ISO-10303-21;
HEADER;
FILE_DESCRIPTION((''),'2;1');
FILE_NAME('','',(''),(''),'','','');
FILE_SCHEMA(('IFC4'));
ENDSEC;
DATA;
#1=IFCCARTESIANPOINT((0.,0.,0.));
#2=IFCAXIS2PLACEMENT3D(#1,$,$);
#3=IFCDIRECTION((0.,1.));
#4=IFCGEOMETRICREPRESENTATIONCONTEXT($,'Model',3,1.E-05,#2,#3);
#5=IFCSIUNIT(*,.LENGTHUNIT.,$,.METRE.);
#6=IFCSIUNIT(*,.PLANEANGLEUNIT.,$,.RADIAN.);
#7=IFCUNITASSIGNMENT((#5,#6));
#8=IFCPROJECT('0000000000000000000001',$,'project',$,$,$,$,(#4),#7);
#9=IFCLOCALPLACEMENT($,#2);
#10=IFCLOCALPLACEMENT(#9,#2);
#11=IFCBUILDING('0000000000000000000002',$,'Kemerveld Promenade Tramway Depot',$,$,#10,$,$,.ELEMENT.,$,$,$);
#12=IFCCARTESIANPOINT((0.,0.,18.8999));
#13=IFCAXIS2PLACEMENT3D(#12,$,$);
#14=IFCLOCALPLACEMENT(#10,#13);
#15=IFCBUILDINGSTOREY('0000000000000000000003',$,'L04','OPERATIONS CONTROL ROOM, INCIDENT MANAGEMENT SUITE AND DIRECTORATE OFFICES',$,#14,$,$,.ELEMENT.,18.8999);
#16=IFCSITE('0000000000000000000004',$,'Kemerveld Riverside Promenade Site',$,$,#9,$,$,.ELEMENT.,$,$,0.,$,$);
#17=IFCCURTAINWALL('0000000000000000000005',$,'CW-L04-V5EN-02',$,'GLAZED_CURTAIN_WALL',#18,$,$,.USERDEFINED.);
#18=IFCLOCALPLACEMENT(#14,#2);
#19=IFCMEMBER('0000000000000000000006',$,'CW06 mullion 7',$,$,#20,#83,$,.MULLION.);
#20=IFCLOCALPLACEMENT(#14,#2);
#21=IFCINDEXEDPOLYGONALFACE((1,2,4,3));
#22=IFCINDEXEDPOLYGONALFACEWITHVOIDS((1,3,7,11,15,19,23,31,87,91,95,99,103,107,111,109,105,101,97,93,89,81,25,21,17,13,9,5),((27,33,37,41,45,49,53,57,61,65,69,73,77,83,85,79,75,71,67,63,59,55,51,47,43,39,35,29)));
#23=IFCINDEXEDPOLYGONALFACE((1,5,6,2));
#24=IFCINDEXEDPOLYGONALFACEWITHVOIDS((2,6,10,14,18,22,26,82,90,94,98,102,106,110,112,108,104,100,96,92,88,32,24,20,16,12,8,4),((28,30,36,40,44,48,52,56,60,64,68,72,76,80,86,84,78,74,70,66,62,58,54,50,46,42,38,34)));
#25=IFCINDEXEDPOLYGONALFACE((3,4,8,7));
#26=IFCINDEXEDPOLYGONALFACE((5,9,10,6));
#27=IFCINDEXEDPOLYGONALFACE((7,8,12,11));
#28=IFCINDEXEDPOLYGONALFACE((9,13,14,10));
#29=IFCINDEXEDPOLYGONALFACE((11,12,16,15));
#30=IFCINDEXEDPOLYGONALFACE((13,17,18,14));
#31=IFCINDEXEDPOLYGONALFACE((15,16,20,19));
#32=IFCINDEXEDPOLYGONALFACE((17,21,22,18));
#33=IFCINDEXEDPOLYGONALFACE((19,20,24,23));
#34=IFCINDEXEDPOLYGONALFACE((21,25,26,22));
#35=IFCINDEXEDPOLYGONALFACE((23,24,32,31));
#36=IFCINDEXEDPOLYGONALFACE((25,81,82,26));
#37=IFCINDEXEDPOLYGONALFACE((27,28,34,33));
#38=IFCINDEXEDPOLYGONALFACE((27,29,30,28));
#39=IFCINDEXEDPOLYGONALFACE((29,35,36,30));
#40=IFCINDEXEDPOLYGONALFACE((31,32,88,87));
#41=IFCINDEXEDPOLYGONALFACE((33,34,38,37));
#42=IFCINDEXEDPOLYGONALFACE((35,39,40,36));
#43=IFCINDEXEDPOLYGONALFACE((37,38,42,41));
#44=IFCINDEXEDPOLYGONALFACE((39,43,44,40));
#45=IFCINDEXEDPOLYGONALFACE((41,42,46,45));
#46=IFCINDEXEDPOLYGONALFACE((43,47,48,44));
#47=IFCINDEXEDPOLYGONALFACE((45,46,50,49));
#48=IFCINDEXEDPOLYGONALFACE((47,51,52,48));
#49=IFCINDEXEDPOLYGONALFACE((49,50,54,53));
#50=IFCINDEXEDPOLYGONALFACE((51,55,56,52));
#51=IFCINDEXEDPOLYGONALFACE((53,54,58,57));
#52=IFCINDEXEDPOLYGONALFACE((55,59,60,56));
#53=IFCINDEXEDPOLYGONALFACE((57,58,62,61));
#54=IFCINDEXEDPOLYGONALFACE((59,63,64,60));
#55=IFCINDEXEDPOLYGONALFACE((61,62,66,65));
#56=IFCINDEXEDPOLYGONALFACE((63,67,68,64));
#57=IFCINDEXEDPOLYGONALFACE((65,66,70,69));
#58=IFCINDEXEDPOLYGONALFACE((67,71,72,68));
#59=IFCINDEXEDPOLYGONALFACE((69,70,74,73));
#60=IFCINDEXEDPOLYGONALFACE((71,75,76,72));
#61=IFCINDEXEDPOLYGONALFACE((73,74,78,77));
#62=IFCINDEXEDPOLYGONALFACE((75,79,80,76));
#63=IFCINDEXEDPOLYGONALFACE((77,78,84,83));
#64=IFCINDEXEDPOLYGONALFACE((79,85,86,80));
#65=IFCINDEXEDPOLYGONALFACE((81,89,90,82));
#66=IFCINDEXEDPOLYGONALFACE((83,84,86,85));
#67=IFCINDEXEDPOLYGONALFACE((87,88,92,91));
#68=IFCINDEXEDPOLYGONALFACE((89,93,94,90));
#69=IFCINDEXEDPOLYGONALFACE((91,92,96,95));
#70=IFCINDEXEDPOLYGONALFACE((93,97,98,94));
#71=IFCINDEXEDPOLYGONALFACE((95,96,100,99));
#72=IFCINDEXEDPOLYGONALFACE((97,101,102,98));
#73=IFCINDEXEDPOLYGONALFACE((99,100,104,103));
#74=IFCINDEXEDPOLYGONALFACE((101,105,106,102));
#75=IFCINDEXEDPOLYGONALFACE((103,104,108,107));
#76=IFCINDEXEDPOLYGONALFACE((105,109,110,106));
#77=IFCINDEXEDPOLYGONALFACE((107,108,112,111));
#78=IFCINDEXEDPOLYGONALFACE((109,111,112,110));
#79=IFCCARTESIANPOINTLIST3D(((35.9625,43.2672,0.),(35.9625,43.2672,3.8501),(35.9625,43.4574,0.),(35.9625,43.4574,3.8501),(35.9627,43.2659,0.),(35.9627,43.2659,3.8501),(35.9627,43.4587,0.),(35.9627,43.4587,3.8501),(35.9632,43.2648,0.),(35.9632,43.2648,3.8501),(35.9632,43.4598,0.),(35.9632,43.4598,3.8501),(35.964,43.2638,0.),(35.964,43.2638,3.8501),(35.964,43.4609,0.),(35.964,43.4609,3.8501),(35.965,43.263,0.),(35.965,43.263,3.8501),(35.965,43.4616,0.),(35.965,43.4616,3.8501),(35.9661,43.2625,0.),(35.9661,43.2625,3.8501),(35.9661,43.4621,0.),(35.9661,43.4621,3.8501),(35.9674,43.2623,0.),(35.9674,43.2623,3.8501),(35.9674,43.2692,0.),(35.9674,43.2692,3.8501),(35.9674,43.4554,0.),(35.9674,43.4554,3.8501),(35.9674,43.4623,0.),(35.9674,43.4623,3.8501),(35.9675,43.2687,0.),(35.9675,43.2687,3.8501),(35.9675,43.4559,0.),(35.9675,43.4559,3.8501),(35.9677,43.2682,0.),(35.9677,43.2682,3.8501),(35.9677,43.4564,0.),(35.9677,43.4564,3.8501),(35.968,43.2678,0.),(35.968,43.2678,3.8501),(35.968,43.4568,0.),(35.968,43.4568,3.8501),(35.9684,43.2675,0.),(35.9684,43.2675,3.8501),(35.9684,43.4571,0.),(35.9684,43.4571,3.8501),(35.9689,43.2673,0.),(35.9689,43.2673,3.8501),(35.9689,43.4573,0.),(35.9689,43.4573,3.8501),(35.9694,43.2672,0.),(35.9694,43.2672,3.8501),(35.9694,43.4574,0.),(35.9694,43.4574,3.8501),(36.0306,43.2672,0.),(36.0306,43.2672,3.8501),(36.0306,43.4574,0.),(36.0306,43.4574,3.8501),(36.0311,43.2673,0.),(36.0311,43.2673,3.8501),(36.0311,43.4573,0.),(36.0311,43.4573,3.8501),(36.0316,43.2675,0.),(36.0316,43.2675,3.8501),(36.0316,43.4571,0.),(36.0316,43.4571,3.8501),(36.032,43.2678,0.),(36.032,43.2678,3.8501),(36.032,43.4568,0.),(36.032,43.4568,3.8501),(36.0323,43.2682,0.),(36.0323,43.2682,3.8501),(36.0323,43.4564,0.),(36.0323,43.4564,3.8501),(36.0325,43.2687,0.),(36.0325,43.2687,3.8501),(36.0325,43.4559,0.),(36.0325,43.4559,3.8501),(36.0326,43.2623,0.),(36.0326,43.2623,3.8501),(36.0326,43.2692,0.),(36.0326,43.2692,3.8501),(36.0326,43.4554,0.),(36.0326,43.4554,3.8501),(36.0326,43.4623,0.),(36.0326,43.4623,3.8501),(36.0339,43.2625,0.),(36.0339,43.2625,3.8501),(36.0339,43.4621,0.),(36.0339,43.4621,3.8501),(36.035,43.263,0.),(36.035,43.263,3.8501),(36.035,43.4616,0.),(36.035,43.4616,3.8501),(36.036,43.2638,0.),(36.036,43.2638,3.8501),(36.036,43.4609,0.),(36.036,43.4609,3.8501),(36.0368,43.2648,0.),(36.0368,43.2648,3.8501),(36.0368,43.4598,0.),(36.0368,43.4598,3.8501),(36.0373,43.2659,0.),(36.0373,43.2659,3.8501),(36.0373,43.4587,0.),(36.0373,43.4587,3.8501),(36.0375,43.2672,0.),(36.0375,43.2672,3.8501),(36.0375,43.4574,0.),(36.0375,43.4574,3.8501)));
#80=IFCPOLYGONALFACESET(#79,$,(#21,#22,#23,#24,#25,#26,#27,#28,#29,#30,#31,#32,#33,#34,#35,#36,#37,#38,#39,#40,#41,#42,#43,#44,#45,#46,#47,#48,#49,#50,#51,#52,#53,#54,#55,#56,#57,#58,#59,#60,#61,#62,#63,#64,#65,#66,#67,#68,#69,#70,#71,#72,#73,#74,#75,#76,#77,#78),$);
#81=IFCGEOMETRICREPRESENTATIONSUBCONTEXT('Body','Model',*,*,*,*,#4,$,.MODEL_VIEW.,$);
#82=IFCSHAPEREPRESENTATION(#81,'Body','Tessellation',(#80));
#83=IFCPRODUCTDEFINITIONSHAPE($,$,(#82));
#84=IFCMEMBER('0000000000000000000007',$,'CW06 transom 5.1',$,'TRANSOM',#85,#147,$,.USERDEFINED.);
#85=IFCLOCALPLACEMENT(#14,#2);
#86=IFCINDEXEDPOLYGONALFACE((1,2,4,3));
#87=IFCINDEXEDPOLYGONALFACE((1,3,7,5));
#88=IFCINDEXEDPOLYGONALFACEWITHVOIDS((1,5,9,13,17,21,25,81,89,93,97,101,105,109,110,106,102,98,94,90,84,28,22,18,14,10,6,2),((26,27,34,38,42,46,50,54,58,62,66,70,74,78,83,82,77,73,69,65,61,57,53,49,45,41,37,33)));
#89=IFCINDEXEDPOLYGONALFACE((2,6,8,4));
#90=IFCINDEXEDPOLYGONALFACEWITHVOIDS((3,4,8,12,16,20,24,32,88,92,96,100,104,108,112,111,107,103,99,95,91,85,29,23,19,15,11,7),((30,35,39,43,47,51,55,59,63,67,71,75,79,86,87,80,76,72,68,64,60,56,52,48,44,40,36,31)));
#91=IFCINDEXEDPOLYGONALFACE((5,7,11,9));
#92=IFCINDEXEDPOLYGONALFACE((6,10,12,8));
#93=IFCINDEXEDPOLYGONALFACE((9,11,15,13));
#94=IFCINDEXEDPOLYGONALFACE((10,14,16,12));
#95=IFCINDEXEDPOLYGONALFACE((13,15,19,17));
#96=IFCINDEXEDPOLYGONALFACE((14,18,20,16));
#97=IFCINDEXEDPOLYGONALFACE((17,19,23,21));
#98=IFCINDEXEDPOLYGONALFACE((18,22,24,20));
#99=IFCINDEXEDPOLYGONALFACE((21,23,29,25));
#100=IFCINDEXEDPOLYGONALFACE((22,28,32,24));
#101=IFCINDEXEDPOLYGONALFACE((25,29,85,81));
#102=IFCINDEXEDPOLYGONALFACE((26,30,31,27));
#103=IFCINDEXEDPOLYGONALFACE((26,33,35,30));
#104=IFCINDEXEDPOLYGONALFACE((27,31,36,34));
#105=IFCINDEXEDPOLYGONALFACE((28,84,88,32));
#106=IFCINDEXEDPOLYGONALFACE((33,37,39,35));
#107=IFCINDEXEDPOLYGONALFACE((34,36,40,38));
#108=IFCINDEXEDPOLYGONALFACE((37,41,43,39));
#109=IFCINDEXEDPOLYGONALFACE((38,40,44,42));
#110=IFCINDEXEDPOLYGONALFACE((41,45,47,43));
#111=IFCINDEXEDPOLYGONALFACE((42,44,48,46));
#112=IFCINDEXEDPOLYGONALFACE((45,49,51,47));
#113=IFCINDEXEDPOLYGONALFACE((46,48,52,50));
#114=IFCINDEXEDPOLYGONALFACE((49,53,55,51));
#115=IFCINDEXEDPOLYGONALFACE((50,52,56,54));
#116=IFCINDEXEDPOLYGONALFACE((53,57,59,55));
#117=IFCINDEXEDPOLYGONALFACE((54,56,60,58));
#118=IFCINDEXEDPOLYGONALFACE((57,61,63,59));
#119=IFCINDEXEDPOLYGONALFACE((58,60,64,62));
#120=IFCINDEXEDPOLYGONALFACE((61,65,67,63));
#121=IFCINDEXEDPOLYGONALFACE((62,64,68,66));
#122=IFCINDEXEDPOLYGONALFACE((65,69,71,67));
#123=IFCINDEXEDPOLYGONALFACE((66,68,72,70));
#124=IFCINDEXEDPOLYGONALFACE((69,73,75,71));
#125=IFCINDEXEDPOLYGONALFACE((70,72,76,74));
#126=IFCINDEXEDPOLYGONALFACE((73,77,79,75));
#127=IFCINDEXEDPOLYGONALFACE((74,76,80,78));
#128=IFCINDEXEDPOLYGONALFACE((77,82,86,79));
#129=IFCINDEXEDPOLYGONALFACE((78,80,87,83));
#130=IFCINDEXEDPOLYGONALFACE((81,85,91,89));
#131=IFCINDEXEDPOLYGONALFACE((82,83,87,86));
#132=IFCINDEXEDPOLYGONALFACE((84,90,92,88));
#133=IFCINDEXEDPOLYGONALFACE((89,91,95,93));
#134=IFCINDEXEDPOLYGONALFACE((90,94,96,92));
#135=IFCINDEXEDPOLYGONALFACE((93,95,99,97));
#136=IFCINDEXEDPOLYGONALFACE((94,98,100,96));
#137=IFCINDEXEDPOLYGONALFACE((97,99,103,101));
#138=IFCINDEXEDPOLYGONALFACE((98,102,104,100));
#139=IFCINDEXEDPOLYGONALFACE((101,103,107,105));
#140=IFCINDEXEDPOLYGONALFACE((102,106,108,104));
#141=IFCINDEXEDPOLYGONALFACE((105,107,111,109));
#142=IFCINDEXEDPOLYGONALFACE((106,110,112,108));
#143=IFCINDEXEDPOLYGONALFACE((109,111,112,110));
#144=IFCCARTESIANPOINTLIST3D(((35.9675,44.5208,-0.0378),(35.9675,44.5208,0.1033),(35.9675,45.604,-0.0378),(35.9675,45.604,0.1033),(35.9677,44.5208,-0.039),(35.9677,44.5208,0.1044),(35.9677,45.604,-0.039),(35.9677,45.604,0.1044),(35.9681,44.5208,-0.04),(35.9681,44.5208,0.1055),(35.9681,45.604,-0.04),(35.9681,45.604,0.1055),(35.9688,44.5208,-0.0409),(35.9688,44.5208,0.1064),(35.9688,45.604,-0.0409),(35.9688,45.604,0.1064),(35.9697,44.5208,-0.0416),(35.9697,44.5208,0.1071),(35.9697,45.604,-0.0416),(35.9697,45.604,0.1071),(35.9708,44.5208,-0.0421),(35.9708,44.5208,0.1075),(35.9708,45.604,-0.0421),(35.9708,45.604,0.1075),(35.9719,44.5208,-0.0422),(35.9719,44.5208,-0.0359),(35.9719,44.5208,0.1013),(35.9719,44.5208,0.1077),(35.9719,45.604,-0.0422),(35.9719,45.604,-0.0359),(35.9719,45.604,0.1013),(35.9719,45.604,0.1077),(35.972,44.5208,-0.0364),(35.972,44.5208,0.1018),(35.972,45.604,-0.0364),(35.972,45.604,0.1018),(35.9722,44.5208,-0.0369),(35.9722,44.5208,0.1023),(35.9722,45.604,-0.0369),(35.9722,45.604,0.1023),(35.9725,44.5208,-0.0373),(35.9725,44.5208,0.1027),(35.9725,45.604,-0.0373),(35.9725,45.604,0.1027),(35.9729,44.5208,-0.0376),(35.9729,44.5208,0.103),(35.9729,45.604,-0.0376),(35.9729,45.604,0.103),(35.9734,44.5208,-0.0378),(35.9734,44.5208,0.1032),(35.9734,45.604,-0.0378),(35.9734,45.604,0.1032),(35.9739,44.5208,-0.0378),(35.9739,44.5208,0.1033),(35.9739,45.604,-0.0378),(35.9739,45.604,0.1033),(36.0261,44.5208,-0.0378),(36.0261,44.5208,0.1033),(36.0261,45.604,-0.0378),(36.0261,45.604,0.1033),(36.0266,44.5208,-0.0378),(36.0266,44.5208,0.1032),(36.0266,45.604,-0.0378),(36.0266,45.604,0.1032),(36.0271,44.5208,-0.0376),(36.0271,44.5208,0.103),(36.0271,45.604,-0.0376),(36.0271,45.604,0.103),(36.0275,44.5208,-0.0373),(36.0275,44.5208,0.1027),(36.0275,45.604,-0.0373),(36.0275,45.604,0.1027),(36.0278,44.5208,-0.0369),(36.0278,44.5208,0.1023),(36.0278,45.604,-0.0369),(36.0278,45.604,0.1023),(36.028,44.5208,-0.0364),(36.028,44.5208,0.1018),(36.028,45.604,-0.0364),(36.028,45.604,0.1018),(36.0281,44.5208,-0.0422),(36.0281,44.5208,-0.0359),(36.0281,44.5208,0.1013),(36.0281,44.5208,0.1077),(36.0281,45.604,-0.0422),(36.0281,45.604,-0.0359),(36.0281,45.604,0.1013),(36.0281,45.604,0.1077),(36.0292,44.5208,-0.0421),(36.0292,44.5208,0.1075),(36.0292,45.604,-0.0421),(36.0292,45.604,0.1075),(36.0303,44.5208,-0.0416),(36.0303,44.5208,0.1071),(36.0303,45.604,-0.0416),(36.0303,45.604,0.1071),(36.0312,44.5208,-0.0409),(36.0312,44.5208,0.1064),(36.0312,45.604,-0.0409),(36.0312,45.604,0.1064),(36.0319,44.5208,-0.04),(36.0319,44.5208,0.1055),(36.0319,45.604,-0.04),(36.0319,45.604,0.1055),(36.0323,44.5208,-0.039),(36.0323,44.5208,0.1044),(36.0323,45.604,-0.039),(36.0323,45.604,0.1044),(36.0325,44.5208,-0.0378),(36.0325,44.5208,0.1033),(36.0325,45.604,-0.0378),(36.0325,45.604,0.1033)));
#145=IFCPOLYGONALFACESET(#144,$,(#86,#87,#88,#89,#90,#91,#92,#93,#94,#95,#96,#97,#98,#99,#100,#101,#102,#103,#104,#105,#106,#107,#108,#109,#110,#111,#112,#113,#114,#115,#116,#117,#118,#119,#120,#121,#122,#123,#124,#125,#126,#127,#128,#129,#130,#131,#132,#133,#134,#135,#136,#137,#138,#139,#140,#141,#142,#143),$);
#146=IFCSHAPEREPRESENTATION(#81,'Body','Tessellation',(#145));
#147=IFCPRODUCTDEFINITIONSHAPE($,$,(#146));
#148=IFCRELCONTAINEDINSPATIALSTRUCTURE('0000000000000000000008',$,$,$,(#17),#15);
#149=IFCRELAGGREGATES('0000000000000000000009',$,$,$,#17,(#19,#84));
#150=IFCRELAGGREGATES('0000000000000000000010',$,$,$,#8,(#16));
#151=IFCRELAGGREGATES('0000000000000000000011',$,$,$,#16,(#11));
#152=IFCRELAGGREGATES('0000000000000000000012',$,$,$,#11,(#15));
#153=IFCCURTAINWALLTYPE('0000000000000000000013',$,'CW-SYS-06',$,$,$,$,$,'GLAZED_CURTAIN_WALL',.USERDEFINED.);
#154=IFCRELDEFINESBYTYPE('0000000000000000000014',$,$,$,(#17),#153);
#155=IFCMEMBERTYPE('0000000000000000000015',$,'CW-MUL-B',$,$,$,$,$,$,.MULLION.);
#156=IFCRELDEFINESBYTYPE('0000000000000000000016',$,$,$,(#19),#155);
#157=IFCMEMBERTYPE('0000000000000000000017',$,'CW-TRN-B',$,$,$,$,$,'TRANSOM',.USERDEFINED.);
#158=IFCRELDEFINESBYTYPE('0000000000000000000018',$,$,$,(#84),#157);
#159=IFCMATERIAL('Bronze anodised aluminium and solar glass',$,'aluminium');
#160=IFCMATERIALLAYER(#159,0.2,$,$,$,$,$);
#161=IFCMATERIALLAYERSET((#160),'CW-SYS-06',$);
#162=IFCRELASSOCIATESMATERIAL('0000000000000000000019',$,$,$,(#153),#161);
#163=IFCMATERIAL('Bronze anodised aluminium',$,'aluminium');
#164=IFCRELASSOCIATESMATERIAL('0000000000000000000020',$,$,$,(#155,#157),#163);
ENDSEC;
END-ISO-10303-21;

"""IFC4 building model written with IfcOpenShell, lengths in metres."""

from ifc_helpers import new_model, si_unit, direction, frame, origin, origin_2d, place, context, subcontext, project, spatial, hollow_rectangle, extrude, material, layer, layer_set, material_profile, profile_set, type_object, element, aggregate, save


model = new_model("IFC4")

# Units and contexts
model_context = context("Model", 3, precision=1e-05, world=origin(), true_north=direction((0.0, 1.0)))
body_context = subcontext(model_context, "Body", "Model", "MODEL_VIEW")
ifc_project = project(units=[si_unit("LENGTHUNIT", "METRE"), si_unit("PLANEANGLEUNIT", "RADIAN")], contexts=[model_context])

# Site, building, storey
site_placement = place(None, origin())
site = spatial("IfcSite", under=ifc_project, at=site_placement, Name="Kemerveld Riverside Promenade Site", CompositionType="ELEMENT", RefElevation=0.0)
building_placement = place(site_placement, origin())
building = spatial("IfcBuilding", under=site, at=building_placement, Name="Kemerveld Promenade Tramway Depot", CompositionType="ELEMENT")
storey_placement = place(building_placement, frame((0.0, 0.0, 18.8999)))
storey = spatial("IfcBuildingStorey", under=building, at=storey_placement, Name="L04", Description="OPERATIONS CONTROL ROOM, INCIDENT MANAGEMENT SUITE AND DIRECTORATE OFFICES", CompositionType="ELEMENT", Elevation=18.8999)

# Curtain wall, members
ifc_material_1 = material(Name="Bronze anodised aluminium and solar glass", Category="aluminium")
ifc_layer_1 = layer(ifc_material_1, 0.2)
ifc_layer_set_1 = layer_set([ifc_layer_1], Name="CW-SYS-06")
curtain_wall_type = type_object("IfcCurtainWallType", Name="CW-SYS-06", ElementType="GLAZED_CURTAIN_WALL", PredefinedType="USERDEFINED", material=ifc_layer_set_1)
curtain_wall_placement = place(storey_placement, origin())
curtain_wall = element("IfcCurtainWall", 1, at=curtain_wall_placement, inside=storey, type_object=curtain_wall_type, Name="CW-L04-V5EN-02", ObjectType="GLAZED_CURTAIN_WALL", PredefinedType="USERDEFINED")
ifc_material_2 = material(Name="Bronze anodised aluminium", Category="aluminium")
ifc_material_profile_1 = material_profile(ifc_material_2, hollow_rectangle(XDim=0.075, YDim=0.2, WallThickness=0.0049, InnerFilletRadius=0.002, OuterFilletRadius=0.0049, at=origin_2d()), Name="CW-MUL-200x75")
ifc_profile_set_1 = profile_set([ifc_material_profile_1], Name="Bronze anodised aluminium")
member_type_1 = type_object("IfcMemberType", Name="CW-MUL-B", PredefinedType="MULLION", material=ifc_profile_set_1)
member_1_placement = place(storey_placement, frame((36.0, 43.3623, 0.0), z_axis=(0.0, 0.0, 1.0), x_axis=(1.0, 0.0, 0.0)))
member_1 = element("IfcMember", 2, at=member_1_placement, type_object=member_type_1, Name="CW06 mullion 7", PredefinedType="MULLION", context=body_context, shape_type="SweptSolid", body=[
    extrude(hollow_rectangle(XDim=0.075, YDim=0.2, WallThickness=0.0049, InnerFilletRadius=0.002, OuterFilletRadius=0.0049, at=origin_2d()), origin(), (0.0, 0.0, 1.0), 3.8501),
])
ifc_material_profile_2 = material_profile(ifc_material_2, hollow_rectangle(XDim=0.0649, YDim=0.1499, WallThickness=0.0044, InnerFilletRadius=0.002, OuterFilletRadius=0.0044, at=origin_2d()), Name="CW-TRN-150x65")
ifc_profile_set_2 = profile_set([ifc_material_profile_2], Name="Bronze anodised aluminium")
member_type_2 = type_object("IfcMemberType", Name="CW-TRN-B", ElementType="TRANSOM", PredefinedType="USERDEFINED", material=ifc_profile_set_2)
member_2_placement = place(storey_placement, frame((36.0, 45.604, 0.0327), z_axis=(0.0, -1.0, 0.0), x_axis=(1.0, 0.0, 0.0)))
member_2 = element("IfcMember", 3, at=member_2_placement, type_object=member_type_2, Name="CW06 transom 5.1", ObjectType="TRANSOM", PredefinedType="USERDEFINED", context=body_context, shape_type="SweptSolid", body=[
    extrude(hollow_rectangle(XDim=0.0649, YDim=0.1499, WallThickness=0.0044, InnerFilletRadius=0.002, OuterFilletRadius=0.0044, at=origin_2d()), origin(), (0.0, 0.0, 1.0), 1.0833),
])
aggregate(curtain_wall, [member_1, member_2])

save(model, "model.ifc")
